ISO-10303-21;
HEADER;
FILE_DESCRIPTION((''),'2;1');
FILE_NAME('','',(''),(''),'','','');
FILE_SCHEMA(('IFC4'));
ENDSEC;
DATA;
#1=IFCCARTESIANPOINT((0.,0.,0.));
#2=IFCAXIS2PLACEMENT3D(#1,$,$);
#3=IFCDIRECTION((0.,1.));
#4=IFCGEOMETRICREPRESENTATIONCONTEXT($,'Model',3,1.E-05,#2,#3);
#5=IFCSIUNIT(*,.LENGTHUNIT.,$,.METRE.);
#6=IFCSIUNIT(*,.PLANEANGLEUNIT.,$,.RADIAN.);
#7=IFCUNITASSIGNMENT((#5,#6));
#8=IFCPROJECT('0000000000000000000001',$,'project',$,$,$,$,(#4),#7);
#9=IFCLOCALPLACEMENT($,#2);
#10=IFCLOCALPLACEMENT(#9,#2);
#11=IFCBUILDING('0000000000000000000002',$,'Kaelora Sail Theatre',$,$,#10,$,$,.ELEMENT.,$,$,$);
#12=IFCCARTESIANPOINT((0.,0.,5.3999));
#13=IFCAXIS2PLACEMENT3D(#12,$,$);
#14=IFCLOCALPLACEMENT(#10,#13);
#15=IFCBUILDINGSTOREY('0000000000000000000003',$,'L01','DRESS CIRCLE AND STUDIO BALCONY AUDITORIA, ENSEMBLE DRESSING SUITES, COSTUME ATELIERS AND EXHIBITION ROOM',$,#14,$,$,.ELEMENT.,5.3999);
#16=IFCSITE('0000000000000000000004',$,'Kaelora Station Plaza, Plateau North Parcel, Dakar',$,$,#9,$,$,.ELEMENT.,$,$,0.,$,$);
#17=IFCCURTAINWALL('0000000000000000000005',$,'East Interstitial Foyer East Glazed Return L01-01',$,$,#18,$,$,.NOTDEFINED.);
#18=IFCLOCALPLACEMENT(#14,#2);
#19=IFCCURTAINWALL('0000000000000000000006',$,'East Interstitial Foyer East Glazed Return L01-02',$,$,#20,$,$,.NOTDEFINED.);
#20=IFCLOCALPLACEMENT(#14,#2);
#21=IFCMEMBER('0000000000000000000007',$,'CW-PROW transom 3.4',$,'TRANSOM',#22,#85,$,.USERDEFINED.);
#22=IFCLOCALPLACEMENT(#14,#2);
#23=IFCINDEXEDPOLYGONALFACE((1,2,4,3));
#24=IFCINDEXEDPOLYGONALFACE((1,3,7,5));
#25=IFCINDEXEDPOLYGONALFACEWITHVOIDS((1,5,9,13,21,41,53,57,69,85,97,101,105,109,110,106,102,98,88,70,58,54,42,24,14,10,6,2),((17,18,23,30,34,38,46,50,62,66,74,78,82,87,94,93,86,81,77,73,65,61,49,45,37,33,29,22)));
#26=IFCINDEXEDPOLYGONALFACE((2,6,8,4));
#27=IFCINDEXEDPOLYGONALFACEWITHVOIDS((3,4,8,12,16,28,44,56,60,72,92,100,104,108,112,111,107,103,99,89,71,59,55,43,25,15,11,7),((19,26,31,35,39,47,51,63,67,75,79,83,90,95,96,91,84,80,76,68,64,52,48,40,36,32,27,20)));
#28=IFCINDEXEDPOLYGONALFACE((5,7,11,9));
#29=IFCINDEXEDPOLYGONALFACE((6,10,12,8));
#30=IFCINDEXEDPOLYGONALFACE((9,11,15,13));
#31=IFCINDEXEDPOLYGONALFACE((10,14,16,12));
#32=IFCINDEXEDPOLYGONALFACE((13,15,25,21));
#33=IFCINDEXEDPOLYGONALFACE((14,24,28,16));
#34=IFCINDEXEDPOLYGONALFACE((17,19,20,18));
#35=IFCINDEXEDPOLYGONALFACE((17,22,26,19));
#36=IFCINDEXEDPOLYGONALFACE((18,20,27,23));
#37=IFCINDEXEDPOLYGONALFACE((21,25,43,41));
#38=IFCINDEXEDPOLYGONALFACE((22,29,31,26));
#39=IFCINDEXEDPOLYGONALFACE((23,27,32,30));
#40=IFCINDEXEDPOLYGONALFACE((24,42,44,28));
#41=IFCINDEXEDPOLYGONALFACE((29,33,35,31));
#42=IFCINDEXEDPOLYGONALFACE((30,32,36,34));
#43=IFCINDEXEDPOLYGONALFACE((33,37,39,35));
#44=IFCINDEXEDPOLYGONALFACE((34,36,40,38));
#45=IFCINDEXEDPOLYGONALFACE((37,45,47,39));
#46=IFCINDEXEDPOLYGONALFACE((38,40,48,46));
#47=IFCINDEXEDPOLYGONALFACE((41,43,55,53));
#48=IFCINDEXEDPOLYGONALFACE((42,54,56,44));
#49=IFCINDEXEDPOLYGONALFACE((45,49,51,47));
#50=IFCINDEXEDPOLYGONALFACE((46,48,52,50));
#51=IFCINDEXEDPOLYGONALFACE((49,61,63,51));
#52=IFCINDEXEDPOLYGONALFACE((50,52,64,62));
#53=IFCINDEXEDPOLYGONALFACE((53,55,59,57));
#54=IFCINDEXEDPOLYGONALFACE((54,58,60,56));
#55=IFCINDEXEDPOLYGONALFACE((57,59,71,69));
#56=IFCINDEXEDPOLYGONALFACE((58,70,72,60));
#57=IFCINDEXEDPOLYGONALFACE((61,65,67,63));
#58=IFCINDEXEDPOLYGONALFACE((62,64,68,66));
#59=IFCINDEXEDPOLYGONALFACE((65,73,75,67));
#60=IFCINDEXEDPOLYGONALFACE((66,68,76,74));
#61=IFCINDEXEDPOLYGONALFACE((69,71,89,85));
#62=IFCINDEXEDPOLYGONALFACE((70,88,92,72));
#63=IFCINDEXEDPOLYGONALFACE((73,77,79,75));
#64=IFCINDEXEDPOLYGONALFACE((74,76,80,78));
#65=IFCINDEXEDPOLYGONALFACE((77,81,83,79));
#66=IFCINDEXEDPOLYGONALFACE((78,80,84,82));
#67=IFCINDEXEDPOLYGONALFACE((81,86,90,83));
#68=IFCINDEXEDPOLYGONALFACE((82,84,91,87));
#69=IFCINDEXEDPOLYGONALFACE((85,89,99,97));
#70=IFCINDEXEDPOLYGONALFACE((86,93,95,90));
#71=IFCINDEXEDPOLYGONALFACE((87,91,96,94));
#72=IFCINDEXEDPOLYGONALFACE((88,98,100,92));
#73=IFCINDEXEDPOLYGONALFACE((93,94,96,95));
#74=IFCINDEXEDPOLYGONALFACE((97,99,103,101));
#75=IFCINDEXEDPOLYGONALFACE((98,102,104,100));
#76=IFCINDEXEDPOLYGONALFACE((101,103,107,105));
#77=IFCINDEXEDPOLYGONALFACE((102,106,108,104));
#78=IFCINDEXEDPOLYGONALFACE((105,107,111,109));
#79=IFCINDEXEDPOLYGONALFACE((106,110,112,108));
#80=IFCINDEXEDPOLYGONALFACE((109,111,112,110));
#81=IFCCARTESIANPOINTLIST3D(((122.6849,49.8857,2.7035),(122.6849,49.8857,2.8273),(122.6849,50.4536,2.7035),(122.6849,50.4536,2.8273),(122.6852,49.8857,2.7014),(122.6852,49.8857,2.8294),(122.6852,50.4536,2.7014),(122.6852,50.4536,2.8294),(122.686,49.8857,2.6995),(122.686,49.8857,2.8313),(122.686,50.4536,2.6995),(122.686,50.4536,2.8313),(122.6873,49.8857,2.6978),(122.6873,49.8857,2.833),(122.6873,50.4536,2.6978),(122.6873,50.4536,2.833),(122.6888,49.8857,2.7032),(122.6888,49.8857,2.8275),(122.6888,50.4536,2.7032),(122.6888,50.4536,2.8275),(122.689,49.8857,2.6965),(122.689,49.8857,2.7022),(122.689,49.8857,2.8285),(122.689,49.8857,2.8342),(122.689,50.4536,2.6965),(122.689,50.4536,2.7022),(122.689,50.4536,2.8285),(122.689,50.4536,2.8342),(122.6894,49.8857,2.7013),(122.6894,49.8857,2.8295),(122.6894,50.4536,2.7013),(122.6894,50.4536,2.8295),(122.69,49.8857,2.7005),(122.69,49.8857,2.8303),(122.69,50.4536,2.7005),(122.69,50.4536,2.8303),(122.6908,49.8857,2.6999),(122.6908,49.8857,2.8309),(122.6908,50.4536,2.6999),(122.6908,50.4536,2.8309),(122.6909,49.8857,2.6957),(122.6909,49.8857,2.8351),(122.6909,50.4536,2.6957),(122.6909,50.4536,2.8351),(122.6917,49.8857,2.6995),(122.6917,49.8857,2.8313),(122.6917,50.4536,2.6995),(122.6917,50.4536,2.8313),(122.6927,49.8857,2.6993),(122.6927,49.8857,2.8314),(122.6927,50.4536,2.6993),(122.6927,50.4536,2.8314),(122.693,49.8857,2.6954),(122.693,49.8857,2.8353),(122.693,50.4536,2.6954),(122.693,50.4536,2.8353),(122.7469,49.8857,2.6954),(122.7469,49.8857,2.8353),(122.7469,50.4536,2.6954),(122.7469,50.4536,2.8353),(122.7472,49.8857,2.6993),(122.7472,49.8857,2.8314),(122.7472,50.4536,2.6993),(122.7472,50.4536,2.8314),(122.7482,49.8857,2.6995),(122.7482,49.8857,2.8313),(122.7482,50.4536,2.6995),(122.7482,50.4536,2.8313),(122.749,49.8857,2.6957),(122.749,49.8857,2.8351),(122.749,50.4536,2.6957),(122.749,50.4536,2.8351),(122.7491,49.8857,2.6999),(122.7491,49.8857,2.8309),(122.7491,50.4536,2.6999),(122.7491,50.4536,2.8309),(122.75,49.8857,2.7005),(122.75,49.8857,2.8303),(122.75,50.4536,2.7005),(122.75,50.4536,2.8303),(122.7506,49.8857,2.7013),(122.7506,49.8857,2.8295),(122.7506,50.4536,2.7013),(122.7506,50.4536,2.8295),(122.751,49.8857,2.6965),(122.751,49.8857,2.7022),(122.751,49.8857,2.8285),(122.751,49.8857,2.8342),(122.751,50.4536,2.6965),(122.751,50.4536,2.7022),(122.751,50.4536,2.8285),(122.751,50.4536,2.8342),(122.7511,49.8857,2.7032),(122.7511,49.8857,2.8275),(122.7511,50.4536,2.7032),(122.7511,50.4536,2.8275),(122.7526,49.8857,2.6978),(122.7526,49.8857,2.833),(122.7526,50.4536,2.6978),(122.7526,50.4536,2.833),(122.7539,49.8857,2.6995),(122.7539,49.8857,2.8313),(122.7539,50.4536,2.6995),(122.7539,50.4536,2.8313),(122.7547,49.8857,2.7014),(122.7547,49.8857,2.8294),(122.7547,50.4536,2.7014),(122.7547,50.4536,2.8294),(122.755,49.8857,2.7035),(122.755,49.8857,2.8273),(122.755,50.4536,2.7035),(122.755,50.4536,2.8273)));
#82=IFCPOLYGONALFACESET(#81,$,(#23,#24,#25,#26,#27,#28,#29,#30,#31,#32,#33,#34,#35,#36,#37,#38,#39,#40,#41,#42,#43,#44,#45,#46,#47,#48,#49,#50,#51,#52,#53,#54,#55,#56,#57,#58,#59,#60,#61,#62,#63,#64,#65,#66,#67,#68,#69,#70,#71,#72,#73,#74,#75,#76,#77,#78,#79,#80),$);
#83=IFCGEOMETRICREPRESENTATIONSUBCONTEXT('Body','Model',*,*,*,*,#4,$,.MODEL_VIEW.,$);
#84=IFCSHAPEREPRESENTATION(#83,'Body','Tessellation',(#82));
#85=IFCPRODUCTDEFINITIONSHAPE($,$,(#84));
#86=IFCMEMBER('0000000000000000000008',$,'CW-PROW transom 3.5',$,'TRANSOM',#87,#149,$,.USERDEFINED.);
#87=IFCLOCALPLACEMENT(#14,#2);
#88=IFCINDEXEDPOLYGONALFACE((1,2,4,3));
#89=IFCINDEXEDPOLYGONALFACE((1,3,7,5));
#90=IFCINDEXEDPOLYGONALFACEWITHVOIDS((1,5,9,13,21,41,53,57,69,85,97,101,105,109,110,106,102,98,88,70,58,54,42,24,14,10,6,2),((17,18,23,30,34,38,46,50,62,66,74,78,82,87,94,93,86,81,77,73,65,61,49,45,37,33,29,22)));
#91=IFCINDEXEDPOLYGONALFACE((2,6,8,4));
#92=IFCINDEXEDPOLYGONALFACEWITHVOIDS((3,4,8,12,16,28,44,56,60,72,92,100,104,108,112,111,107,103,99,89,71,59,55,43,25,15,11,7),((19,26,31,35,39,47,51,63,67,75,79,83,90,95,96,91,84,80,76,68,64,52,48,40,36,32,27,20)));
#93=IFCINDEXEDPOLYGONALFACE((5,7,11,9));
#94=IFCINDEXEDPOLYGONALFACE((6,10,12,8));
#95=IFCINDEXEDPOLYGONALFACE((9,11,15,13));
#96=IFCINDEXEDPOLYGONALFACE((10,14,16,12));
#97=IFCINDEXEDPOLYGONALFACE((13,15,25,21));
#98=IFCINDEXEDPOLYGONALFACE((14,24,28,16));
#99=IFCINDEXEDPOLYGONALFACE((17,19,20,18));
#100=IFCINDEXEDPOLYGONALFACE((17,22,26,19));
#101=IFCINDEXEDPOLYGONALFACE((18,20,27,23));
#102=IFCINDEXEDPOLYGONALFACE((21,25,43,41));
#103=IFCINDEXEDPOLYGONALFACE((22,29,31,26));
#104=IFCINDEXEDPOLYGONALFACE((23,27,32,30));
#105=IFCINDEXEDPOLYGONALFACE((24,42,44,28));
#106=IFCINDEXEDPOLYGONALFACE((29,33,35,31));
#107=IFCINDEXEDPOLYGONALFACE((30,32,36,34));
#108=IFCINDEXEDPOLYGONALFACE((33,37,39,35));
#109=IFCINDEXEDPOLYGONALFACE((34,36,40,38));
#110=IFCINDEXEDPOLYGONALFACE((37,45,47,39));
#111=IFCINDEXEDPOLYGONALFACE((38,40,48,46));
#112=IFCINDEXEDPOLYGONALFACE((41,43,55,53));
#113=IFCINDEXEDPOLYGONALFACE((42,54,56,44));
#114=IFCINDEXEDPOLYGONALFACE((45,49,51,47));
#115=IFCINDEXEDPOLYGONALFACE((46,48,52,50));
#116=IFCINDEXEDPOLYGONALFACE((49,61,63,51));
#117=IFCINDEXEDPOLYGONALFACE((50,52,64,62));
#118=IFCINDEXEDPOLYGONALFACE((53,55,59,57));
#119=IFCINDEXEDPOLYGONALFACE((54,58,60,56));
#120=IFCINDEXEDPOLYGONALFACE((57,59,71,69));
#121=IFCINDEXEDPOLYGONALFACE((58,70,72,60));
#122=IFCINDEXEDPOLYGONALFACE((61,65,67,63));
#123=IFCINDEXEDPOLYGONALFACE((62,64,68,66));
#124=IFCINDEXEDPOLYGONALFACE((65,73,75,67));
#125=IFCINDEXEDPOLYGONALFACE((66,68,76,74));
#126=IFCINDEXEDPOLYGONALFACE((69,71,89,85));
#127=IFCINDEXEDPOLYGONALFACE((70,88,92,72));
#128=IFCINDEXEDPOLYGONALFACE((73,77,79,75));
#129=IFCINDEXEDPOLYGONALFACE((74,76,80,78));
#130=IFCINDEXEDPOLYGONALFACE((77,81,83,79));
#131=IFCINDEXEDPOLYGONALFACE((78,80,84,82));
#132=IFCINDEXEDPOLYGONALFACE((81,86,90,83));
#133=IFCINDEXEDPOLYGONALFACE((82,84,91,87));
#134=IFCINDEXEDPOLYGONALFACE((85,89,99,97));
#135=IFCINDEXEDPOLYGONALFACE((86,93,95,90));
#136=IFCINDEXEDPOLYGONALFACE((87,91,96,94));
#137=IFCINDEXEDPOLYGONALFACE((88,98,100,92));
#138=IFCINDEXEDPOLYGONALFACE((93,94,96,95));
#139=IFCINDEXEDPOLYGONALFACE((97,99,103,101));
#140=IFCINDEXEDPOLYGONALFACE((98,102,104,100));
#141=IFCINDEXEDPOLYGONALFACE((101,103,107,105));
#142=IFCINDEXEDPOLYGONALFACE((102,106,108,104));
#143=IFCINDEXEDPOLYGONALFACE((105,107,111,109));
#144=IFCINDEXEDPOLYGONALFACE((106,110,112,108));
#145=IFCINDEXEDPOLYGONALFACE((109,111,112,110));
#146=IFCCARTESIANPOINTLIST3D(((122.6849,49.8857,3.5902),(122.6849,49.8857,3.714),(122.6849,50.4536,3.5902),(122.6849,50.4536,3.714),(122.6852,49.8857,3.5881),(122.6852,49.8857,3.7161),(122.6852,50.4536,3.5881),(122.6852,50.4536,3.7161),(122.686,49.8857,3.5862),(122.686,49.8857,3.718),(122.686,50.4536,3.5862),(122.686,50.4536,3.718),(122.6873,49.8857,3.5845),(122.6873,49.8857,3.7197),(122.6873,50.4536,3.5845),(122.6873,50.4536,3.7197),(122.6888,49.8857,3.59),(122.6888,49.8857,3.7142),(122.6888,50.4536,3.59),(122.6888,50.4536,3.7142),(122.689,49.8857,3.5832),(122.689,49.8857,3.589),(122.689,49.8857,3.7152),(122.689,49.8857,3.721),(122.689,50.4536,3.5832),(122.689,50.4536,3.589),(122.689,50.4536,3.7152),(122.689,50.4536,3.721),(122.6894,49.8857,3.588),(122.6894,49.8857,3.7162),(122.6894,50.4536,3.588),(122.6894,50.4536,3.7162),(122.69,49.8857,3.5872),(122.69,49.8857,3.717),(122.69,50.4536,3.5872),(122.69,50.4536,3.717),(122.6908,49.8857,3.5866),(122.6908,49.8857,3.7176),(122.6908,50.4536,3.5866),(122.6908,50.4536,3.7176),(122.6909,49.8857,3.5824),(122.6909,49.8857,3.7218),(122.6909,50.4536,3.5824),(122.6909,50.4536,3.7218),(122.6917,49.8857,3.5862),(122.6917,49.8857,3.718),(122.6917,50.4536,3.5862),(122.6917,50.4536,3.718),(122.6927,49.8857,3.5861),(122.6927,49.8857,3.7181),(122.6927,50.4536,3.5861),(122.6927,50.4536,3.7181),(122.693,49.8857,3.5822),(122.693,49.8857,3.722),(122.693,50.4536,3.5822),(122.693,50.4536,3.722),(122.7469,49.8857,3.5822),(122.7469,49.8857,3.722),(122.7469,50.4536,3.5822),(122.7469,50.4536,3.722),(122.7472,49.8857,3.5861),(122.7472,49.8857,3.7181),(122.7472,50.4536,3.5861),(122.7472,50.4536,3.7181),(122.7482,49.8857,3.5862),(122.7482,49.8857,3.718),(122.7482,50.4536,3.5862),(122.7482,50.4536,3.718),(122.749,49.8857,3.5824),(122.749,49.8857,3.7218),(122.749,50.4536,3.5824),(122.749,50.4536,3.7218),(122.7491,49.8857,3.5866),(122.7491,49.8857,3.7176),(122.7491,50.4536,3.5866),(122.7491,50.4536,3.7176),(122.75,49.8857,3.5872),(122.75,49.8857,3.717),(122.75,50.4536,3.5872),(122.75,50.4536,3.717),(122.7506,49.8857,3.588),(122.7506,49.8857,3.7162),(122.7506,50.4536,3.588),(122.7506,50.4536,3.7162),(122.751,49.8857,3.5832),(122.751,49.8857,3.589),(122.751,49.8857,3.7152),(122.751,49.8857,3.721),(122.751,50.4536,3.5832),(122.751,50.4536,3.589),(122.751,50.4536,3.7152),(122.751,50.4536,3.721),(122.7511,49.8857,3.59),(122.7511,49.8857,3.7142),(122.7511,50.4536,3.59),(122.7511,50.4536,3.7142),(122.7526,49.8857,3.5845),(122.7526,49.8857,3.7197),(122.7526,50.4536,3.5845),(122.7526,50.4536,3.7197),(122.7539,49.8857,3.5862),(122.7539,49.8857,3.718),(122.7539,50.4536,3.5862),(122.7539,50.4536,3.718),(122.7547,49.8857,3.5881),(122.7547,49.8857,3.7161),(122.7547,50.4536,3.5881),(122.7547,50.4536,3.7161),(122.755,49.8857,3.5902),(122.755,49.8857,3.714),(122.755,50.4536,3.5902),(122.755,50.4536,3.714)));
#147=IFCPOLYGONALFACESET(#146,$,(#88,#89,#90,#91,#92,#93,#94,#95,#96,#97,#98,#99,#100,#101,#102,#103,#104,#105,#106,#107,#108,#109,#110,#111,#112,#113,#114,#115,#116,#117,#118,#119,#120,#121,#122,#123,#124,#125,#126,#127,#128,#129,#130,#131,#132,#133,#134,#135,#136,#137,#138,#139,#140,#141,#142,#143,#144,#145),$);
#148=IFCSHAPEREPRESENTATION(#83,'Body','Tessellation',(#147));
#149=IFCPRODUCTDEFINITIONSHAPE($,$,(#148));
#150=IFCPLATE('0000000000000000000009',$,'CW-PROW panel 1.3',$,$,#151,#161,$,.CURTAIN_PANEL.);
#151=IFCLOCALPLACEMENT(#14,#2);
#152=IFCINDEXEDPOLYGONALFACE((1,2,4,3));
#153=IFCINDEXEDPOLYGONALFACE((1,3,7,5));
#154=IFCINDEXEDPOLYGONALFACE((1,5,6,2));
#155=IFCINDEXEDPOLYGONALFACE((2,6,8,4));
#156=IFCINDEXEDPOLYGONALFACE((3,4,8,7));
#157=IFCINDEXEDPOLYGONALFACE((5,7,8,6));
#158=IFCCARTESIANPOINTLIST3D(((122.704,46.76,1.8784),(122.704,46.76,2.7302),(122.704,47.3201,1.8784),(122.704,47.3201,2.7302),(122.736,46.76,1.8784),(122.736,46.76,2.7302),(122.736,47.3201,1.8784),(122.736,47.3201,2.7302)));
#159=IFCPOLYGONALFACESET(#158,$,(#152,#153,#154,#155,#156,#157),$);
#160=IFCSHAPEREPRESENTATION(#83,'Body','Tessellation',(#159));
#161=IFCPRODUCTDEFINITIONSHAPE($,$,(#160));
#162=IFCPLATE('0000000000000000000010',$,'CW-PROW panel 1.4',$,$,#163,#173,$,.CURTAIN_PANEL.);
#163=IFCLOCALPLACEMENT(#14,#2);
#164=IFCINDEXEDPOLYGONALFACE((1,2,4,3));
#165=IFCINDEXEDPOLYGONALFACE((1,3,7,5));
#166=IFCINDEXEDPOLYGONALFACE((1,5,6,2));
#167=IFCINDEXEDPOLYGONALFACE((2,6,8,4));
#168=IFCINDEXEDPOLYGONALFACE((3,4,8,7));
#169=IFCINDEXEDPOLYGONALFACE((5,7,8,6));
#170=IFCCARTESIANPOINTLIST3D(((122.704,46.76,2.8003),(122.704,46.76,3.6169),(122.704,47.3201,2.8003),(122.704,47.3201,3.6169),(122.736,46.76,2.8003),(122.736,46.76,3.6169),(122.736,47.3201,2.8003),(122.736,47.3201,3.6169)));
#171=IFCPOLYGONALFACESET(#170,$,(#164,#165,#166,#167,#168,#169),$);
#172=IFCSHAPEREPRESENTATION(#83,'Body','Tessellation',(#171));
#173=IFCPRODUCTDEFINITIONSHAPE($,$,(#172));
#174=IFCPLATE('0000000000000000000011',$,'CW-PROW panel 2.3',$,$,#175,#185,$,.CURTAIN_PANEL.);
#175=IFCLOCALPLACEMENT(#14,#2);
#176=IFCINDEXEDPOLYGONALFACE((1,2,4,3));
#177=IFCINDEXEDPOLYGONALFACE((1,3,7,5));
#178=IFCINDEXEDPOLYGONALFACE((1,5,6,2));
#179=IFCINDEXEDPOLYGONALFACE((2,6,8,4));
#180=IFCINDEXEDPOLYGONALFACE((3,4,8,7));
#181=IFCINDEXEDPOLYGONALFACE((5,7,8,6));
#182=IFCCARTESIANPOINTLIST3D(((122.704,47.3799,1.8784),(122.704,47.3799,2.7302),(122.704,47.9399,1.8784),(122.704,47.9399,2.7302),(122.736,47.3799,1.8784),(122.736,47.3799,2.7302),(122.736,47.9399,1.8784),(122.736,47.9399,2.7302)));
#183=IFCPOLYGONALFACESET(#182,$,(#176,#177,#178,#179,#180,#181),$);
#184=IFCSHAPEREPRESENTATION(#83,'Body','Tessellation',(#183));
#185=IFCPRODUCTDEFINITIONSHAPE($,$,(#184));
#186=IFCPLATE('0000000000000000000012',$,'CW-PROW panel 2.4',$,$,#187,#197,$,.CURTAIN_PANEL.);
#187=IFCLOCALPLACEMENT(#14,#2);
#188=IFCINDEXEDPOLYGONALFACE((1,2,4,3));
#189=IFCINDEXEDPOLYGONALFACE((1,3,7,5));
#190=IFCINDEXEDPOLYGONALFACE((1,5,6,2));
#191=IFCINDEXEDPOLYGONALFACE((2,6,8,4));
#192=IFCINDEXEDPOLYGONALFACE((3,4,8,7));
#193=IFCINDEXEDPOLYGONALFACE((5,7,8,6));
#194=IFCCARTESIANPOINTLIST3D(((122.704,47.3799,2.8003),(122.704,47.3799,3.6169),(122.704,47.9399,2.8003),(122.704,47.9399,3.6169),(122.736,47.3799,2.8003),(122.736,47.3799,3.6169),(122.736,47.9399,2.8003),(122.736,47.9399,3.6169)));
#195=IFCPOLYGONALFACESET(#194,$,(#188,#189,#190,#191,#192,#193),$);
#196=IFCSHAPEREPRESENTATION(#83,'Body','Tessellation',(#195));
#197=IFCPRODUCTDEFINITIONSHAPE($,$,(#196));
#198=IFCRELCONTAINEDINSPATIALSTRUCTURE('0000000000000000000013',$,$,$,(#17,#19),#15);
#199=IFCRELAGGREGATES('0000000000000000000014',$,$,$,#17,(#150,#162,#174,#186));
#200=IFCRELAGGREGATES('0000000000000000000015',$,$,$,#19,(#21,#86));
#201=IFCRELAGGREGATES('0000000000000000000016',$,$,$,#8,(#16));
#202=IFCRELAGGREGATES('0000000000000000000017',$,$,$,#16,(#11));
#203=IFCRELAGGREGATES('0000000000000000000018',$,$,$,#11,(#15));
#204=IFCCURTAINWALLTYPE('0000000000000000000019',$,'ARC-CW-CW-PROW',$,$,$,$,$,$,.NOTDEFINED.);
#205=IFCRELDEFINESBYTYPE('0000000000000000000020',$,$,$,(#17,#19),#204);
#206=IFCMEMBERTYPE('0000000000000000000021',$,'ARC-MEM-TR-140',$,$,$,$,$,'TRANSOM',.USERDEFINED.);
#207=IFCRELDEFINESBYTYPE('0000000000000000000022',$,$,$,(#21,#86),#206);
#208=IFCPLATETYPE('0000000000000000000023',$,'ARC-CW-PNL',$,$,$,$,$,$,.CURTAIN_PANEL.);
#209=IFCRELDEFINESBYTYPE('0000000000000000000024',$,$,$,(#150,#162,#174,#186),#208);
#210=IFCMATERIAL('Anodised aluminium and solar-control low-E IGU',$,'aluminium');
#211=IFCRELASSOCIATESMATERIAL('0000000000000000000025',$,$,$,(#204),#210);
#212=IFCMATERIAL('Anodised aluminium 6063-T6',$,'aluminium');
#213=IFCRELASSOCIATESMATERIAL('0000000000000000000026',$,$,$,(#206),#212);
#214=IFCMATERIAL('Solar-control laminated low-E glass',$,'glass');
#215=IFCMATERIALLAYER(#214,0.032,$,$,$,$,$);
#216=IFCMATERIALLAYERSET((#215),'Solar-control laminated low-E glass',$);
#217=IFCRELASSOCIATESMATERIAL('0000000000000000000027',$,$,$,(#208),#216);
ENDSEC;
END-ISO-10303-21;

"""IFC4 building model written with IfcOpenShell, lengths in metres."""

from ifc_helpers import new_model, si_unit, direction, frame, origin, origin_2d, place, context, subcontext, project, spatial, rectangle, hollow_rectangle, extrude, material, layer, layer_set, material_profile, profile_set, type_object, element, aggregate, save


model = new_model("IFC4")

# Units and contexts
model_context = context("Model", 3, precision=1e-05, world=origin(), true_north=direction((0.0, 1.0)))
body_context = subcontext(model_context, "Body", "Model", "MODEL_VIEW")
ifc_project = project(units=[si_unit("LENGTHUNIT", "METRE"), si_unit("PLANEANGLEUNIT", "RADIAN")], contexts=[model_context])

# Site, building, storey
site_placement = place(None, origin())
site = spatial("IfcSite", under=ifc_project, at=site_placement, Name="Kaelora Station Plaza, Plateau North Parcel, Dakar", CompositionType="ELEMENT", RefElevation=0.0)
building_placement = place(site_placement, origin())
building = spatial("IfcBuilding", under=site, at=building_placement, Name="Kaelora Sail Theatre", CompositionType="ELEMENT")
storey_placement = place(building_placement, frame((0.0, 0.0, 5.3999)))
storey = spatial("IfcBuildingStorey", under=building, at=storey_placement, Name="L01", Description="DRESS CIRCLE AND STUDIO BALCONY AUDITORIA, ENSEMBLE DRESSING SUITES, COSTUME ATELIERS AND EXHIBITION ROOM", CompositionType="ELEMENT", Elevation=5.3999)

# Curtain walls, members
ifc_material_1 = material(Name="Anodised aluminium and solar-control low-E IGU", Category="aluminium")
curtain_wall_type = type_object("IfcCurtainWallType", Name="ARC-CW-CW-PROW", PredefinedType="NOTDEFINED", material=ifc_material_1)
curtain_wall_1_placement = place(storey_placement, origin())
curtain_wall_1 = element("IfcCurtainWall", 1, at=curtain_wall_1_placement, inside=storey, type_object=curtain_wall_type, Name="East Interstitial Foyer East Glazed Return L01-01", PredefinedType="NOTDEFINED")
ifc_material_2 = material(Name="Anodised aluminium 6063-T6", Category="aluminium")
ifc_material_profile_1 = material_profile(ifc_material_2, hollow_rectangle(XDim=0.0701, YDim=0.1399, WallThickness=0.0039, InnerFilletRadius=0.0039, OuterFilletRadius=0.0081, at=origin_2d()), Name="ALU-TRAN 70x140x4")
ifc_profile_set_1 = profile_set([ifc_material_profile_1], Name="Anodised aluminium 6063-T6")
member_type_1 = type_object("IfcMemberType", Name="ARC-MEM-TR-140", ElementType="TRANSOM", PredefinedType="USERDEFINED", material=ifc_profile_set_1)
curtain_wall_2_placement = place(storey_placement, origin())
curtain_wall_2 = element("IfcCurtainWall", 2, at=curtain_wall_2_placement, inside=storey, type_object=curtain_wall_type, Name="East Interstitial Foyer East Glazed Return L01-02", PredefinedType="NOTDEFINED")
member_1_placement = place(storey_placement, frame((122.72, 49.8857, 2.7654), z_axis=(0.0, 1.0, 0.0), x_axis=(-1.0, 0.0, 0.0)))
member_1 = element("IfcMember", 3, at=member_1_placement, type_object=member_type_1, Name="CW-PROW transom 3.4", ObjectType="TRANSOM", PredefinedType="USERDEFINED", context=body_context, shape_type="SweptSolid", body=[
    extrude(hollow_rectangle(XDim=0.0701, YDim=0.1399, WallThickness=0.0039, InnerFilletRadius=0.0039, OuterFilletRadius=0.0081, at=origin_2d()), origin(), (0.0, 0.0, 1.0), 0.5679),
])
member_2_placement = place(storey_placement, frame((122.72, 49.8857, 3.6521), z_axis=(0.0, 1.0, 0.0), x_axis=(-1.0, 0.0, 0.0)))
member_2 = element("IfcMember", 4, at=member_2_placement, type_object=member_type_1, Name="CW-PROW transom 3.5", ObjectType="TRANSOM", PredefinedType="USERDEFINED", context=body_context, shape_type="SweptSolid", body=[
    extrude(hollow_rectangle(XDim=0.0701, YDim=0.1399, WallThickness=0.0039, InnerFilletRadius=0.0039, OuterFilletRadius=0.0081, at=origin_2d()), origin(), (0.0, 0.0, 1.0), 0.5679),
])

# Plates
ifc_material_3 = material(Name="Solar-control laminated low-E glass", Category="glass")
ifc_layer = layer(ifc_material_3, 0.032)
ifc_layer_set = layer_set([ifc_layer], Name="Solar-control laminated low-E glass")
plate_type = type_object("IfcPlateType", Name="ARC-CW-PNL", PredefinedType="CURTAIN_PANEL", material=ifc_layer_set)
plate_1_placement = place(storey_placement, frame((122.72, 47.04, 1.8784), z_axis=(0.0, 0.0, 1.0), x_axis=(0.0, 1.0, 0.0)))
plate_1 = element("IfcPlate", 5, at=plate_1_placement, type_object=plate_type, Name="CW-PROW panel 1.3", PredefinedType="CURTAIN_PANEL", context=body_context, shape_type="SweptSolid", body=[
    extrude(rectangle(XDim=0.5601, YDim=0.032, at=origin_2d()), origin(), (0.0, 0.0, 1.0), 0.8518),
])
plate_2_placement = place(storey_placement, frame((122.72, 47.04, 2.8003), z_axis=(0.0, 0.0, 1.0), x_axis=(0.0, 1.0, 0.0)))
plate_2 = element("IfcPlate", 6, at=plate_2_placement, type_object=plate_type, Name="CW-PROW panel 1.4", PredefinedType="CURTAIN_PANEL", context=body_context, shape_type="SweptSolid", body=[
    extrude(rectangle(XDim=0.5601, YDim=0.032, at=origin_2d()), origin(), (0.0, 0.0, 1.0), 0.8167),
])
plate_3_placement = place(storey_placement, frame((122.72, 47.6599, 1.8784), z_axis=(0.0, 0.0, 1.0), x_axis=(0.0, 1.0, 0.0)))
plate_3 = element("IfcPlate", 7, at=plate_3_placement, type_object=plate_type, Name="CW-PROW panel 2.3", PredefinedType="CURTAIN_PANEL", context=body_context, shape_type="SweptSolid", body=[
    extrude(rectangle(XDim=0.5601, YDim=0.032, at=origin_2d()), origin(), (0.0, 0.0, 1.0), 0.8518),
])
plate_4_placement = place(storey_placement, frame((122.72, 47.6599, 2.8003), z_axis=(0.0, 0.0, 1.0), x_axis=(0.0, 1.0, 0.0)))
plate_4 = element("IfcPlate", 8, at=plate_4_placement, type_object=plate_type, Name="CW-PROW panel 2.4", PredefinedType="CURTAIN_PANEL", context=body_context, shape_type="SweptSolid", body=[
    extrude(rectangle(XDim=0.5601, YDim=0.032, at=origin_2d()), origin(), (0.0, 0.0, 1.0), 0.8167),
])
aggregate(curtain_wall_1, [plate_1, plate_2, plate_3, plate_4])
aggregate(curtain_wall_2, [member_1, member_2])

save(model, "model.ifc")
